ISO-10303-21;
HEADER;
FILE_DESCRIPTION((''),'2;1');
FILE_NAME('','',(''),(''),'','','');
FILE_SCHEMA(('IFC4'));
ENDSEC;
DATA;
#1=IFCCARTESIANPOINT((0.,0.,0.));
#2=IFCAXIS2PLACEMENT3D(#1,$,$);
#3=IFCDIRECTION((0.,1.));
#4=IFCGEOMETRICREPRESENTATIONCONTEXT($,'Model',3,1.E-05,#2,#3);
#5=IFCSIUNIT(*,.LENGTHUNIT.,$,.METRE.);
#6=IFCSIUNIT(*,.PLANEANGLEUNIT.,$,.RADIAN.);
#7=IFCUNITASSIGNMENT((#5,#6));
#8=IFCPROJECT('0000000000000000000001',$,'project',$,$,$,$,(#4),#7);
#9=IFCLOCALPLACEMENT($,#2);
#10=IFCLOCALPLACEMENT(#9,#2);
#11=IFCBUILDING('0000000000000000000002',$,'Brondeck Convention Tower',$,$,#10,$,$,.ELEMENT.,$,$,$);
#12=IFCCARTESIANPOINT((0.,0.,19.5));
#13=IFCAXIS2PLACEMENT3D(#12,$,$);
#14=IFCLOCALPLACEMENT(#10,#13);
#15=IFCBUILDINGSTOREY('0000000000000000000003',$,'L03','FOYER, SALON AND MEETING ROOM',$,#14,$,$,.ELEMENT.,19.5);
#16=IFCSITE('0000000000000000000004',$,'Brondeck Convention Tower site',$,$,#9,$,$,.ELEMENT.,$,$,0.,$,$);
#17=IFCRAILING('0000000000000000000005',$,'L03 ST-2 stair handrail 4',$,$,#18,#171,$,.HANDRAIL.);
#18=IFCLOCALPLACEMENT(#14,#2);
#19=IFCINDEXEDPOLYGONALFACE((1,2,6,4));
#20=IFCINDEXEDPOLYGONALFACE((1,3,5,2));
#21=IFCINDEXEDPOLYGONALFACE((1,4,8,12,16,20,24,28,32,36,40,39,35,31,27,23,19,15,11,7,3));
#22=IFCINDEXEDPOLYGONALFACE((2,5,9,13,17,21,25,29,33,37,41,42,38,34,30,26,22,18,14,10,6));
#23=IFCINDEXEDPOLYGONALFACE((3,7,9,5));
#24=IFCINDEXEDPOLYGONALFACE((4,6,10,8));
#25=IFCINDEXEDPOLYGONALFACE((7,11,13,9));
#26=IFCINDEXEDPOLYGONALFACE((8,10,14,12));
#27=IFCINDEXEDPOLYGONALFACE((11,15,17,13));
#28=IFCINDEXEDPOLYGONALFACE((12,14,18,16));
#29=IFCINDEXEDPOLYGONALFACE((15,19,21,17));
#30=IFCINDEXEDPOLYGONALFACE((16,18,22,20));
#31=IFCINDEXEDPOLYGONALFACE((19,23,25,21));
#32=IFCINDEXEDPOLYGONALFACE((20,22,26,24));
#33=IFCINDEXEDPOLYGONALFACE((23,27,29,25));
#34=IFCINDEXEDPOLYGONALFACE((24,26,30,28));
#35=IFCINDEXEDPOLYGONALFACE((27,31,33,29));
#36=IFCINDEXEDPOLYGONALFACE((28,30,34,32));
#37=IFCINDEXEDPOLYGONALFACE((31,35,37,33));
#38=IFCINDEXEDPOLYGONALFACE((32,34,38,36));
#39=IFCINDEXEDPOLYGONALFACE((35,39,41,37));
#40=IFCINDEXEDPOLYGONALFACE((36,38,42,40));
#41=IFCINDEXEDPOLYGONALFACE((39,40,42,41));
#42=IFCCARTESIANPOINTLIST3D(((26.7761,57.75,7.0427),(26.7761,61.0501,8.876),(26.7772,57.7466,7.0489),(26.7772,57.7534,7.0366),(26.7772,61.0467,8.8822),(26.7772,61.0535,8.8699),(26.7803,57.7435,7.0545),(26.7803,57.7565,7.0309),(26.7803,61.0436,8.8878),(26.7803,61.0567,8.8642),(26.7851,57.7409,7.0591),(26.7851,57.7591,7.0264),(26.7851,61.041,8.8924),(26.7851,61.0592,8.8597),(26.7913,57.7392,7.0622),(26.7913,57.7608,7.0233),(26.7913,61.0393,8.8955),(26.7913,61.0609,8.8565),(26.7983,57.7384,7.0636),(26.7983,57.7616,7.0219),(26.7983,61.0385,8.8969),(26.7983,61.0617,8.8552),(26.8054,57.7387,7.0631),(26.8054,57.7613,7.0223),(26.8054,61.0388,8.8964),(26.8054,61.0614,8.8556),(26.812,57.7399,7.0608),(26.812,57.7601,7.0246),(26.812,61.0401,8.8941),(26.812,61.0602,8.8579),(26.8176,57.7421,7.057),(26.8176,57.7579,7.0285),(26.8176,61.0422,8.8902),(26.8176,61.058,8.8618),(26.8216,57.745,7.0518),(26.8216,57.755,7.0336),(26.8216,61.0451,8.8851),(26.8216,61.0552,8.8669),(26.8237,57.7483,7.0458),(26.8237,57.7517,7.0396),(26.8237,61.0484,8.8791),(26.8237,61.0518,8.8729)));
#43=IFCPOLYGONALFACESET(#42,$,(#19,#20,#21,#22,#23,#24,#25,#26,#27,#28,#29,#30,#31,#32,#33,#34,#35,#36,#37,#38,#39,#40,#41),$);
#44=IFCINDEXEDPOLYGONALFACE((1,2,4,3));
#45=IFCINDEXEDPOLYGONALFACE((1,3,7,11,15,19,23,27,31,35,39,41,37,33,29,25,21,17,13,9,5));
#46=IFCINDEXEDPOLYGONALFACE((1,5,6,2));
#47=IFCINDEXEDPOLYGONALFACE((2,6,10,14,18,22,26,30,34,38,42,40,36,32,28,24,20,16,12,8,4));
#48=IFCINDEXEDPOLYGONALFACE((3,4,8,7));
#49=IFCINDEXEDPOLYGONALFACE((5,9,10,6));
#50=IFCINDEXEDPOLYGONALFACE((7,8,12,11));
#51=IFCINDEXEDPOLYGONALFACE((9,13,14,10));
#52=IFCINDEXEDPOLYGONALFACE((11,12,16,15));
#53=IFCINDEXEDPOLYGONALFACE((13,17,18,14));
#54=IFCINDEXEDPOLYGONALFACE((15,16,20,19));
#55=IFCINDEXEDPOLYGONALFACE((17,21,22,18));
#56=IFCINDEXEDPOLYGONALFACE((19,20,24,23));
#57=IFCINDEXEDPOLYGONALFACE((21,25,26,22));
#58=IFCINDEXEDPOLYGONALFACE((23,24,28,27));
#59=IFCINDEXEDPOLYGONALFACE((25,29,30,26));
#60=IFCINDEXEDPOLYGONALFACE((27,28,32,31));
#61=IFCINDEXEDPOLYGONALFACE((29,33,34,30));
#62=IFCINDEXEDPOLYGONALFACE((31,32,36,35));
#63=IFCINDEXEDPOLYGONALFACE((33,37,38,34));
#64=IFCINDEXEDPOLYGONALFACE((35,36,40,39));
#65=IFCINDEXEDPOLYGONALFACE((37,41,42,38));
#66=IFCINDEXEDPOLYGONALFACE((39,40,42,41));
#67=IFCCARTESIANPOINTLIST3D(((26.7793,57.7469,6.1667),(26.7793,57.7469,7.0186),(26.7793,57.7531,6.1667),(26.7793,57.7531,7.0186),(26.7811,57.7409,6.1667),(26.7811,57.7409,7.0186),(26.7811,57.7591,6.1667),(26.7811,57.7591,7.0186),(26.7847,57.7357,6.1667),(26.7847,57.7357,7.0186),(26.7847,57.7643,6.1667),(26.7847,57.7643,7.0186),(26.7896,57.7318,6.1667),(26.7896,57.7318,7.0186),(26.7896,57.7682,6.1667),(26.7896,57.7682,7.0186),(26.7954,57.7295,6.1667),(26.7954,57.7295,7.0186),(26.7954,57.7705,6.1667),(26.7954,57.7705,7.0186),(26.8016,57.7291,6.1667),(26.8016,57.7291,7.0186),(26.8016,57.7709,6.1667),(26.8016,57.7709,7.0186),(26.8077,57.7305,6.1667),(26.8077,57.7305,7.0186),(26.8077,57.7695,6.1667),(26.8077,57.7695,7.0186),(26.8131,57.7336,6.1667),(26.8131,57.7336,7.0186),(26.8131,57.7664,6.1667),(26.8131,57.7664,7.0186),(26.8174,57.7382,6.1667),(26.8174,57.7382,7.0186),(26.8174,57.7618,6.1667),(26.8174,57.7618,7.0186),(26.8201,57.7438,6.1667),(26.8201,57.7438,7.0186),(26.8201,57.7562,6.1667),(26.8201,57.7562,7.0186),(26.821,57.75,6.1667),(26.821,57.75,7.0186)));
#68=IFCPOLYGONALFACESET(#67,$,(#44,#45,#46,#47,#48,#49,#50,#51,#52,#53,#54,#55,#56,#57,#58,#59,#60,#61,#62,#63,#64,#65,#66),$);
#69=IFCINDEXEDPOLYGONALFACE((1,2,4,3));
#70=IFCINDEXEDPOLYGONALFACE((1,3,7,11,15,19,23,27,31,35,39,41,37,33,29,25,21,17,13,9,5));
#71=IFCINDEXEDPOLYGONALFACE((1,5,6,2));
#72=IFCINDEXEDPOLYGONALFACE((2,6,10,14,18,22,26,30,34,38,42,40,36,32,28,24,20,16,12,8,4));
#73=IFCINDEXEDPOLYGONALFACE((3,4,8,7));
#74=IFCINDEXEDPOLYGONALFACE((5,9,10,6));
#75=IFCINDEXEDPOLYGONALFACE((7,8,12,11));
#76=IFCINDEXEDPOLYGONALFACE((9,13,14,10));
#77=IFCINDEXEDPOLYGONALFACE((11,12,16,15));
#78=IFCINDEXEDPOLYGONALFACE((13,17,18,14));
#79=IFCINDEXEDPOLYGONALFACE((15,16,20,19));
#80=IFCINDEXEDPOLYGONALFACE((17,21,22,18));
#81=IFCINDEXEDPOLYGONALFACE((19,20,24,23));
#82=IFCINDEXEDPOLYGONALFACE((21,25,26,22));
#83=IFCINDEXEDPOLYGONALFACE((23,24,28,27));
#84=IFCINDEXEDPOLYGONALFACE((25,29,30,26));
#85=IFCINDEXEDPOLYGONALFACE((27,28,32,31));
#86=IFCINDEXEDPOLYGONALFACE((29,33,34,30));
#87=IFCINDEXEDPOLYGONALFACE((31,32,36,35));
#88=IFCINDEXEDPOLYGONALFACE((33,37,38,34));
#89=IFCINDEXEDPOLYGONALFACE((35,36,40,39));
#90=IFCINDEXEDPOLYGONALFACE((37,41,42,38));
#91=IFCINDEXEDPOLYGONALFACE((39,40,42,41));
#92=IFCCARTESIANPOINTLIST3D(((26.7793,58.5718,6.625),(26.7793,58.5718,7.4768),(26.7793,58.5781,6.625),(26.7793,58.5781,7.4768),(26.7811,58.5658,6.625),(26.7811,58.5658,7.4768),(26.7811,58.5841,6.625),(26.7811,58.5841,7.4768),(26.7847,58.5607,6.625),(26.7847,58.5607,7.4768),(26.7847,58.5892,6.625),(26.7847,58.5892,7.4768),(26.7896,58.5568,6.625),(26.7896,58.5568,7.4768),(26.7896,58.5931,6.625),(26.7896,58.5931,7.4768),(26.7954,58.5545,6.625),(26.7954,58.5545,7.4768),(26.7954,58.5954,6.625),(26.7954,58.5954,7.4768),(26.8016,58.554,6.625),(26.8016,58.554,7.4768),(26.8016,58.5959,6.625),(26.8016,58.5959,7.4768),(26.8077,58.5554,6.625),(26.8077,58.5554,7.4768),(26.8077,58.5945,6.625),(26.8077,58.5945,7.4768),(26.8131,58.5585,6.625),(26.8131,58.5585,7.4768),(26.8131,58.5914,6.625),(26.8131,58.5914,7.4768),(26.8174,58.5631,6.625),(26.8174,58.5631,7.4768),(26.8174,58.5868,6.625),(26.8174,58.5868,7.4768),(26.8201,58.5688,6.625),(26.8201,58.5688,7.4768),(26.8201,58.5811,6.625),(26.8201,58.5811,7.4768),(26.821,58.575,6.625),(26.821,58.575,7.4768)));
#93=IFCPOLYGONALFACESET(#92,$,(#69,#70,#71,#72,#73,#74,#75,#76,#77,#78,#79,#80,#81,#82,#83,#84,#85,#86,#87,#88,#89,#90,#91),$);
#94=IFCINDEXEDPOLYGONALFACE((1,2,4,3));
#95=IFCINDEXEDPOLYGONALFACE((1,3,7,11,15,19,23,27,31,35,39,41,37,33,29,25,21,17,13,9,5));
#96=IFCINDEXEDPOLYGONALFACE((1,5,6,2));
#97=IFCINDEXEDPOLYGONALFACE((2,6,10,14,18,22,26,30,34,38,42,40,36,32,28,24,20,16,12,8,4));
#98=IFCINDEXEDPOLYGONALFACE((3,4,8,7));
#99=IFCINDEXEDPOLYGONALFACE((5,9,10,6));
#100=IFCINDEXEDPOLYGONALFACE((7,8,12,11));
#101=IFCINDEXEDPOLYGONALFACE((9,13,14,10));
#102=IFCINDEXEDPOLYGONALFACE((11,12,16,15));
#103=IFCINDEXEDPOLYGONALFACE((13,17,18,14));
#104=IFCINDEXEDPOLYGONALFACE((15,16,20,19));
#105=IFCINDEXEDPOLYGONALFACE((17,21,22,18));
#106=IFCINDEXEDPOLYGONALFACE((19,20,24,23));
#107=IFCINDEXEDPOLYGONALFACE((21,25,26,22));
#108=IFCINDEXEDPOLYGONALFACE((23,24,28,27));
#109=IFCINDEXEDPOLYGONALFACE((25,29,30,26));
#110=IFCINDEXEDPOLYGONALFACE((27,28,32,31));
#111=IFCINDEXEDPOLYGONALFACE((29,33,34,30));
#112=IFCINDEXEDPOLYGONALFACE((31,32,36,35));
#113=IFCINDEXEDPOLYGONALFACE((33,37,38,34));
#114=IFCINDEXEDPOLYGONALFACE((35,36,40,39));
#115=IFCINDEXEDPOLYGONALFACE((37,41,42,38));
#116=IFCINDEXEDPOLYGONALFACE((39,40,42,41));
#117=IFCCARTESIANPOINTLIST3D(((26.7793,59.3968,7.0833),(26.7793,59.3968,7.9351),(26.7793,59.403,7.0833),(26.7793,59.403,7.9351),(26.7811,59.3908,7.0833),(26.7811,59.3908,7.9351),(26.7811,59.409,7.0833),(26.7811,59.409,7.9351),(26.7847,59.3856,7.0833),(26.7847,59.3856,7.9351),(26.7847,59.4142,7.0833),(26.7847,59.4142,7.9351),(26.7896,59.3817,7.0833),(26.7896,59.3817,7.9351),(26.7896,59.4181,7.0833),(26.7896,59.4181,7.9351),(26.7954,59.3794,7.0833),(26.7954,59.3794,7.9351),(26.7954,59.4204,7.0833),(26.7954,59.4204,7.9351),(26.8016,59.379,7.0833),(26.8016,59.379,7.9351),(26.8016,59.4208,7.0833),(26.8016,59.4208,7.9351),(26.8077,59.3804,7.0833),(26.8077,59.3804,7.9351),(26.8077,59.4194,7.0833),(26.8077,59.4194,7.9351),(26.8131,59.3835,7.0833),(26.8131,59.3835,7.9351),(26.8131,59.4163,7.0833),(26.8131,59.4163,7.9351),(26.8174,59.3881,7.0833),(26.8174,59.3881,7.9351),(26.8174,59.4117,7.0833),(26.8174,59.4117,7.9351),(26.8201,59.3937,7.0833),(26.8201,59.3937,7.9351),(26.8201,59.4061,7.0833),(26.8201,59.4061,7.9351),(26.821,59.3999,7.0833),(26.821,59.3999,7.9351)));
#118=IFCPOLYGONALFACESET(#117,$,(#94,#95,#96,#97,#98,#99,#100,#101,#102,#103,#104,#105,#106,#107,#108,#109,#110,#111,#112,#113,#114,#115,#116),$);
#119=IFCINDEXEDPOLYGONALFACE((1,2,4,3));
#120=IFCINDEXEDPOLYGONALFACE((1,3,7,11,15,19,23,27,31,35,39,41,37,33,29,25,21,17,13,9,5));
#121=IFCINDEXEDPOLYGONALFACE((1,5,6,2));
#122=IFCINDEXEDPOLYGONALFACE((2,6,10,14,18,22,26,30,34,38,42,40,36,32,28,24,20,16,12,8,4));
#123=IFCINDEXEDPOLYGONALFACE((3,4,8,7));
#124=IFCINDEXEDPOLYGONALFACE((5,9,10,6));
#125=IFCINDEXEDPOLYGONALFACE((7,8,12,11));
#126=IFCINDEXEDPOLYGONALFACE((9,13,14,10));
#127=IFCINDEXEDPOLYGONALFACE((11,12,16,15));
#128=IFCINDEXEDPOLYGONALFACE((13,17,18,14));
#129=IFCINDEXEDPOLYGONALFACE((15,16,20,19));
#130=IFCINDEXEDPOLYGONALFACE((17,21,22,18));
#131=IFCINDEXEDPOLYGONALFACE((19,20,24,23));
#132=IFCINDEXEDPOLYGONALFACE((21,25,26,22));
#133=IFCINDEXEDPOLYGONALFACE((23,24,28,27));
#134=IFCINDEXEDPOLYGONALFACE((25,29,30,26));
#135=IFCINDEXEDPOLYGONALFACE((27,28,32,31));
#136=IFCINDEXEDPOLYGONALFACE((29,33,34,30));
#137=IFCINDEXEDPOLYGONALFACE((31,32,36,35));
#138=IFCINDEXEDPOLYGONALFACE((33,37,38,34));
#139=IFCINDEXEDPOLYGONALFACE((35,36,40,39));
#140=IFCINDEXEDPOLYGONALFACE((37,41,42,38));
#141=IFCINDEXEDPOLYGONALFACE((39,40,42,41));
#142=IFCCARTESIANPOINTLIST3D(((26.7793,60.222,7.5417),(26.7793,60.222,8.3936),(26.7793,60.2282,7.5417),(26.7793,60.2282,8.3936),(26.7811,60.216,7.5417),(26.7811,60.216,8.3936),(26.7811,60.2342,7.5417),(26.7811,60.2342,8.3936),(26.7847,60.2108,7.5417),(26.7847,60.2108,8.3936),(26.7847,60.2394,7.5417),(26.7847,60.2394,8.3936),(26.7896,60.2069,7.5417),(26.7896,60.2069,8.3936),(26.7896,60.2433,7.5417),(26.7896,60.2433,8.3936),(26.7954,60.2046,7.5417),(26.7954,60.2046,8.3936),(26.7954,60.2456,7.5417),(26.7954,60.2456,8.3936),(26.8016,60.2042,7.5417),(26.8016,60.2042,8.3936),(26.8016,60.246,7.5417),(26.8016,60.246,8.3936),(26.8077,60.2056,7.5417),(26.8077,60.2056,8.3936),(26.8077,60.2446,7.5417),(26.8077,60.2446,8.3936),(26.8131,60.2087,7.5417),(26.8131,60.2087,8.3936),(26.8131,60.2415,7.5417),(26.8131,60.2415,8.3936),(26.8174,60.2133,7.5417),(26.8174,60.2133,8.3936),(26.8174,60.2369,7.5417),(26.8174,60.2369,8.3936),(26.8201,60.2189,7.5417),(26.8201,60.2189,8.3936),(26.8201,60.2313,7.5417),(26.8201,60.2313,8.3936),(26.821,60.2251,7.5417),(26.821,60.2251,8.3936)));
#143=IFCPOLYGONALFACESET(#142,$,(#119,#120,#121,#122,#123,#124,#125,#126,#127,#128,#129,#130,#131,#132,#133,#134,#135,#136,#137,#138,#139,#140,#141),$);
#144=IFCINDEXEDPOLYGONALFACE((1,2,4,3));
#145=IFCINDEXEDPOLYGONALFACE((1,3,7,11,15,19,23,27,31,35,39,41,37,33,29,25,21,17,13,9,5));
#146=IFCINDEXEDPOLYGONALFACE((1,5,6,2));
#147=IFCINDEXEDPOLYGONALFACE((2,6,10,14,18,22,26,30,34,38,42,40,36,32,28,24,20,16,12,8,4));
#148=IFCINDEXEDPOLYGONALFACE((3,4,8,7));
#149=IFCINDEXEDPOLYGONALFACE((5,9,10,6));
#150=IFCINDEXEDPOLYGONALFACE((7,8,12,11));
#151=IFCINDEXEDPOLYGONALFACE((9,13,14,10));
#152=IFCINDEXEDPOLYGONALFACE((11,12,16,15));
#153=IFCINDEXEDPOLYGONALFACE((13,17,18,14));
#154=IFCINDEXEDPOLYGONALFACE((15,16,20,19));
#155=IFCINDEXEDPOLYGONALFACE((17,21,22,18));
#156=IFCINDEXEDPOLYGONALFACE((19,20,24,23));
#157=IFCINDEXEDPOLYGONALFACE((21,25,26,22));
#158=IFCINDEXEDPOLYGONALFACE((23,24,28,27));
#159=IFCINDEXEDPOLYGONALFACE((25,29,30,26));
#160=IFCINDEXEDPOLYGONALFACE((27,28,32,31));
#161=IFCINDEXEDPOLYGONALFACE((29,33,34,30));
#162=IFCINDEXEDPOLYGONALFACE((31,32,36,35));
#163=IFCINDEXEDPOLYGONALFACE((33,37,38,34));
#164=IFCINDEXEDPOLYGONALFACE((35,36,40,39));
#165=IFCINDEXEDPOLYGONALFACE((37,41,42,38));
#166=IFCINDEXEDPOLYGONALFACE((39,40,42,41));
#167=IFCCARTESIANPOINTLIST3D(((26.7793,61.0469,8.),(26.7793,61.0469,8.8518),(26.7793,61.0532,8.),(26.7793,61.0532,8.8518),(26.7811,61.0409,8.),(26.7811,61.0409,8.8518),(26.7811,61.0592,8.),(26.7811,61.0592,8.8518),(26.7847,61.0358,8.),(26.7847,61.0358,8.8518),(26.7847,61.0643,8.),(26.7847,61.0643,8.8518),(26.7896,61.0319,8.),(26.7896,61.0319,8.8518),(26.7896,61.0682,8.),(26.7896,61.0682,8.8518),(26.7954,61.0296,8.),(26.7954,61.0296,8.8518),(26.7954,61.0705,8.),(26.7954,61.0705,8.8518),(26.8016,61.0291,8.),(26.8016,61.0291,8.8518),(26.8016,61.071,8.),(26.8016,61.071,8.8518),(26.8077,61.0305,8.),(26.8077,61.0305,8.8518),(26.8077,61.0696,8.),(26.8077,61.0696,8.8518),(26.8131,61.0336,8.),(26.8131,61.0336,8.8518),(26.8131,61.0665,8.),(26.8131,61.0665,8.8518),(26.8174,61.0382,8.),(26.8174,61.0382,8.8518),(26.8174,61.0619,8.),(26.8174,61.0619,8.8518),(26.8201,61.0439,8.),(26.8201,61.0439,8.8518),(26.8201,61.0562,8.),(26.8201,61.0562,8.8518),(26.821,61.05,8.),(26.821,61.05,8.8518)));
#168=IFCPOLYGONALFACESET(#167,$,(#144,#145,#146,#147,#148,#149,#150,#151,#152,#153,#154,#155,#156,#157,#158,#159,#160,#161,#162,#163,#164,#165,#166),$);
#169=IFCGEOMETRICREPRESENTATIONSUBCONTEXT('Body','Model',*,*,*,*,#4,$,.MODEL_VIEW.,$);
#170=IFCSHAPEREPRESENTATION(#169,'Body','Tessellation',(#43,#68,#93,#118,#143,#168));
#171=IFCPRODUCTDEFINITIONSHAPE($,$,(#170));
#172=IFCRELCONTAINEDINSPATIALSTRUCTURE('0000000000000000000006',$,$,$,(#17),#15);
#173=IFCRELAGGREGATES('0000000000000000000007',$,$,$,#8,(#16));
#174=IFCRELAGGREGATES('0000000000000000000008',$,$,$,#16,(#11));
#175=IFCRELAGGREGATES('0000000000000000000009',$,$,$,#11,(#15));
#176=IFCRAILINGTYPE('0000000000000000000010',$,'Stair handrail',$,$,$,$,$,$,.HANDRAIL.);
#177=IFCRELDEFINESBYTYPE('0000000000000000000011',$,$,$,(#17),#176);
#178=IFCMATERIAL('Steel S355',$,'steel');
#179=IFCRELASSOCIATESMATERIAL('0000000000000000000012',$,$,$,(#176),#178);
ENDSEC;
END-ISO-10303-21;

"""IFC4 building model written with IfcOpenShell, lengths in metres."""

from ifc_helpers import new_model, si_unit, direction, frame, origin, origin_2d, place, context, subcontext, project, spatial, circle, extrude, material, type_object, element, save


model = new_model("IFC4")

# Units and contexts
model_context = context("Model", 3, precision=1e-05, world=origin(), true_north=direction((0.0, 1.0)))
body_context = subcontext(model_context, "Body", "Model", "MODEL_VIEW")
ifc_project = project(units=[si_unit("LENGTHUNIT", "METRE"), si_unit("PLANEANGLEUNIT", "RADIAN")], contexts=[model_context])

# Site, building, storey
site_placement = place(None, origin())
site = spatial("IfcSite", under=ifc_project, at=site_placement, Name="Brondeck Convention Tower site", CompositionType="ELEMENT", RefElevation=0.0)
building_placement = place(site_placement, origin())
building = spatial("IfcBuilding", under=site, at=building_placement, Name="Brondeck Convention Tower", CompositionType="ELEMENT")
storey_placement = place(building_placement, frame((0.0, 0.0, 19.5)))
storey = spatial("IfcBuildingStorey", under=building, at=storey_placement, Name="L03", Description="FOYER, SALON AND MEETING ROOM", CompositionType="ELEMENT", Elevation=19.5)

# Shared definitions
ifc_material_1 = material(Name="Steel S355", Category="steel")

# Railing
railing_type_1 = type_object("IfcRailingType", Name="Stair handrail", PredefinedType="HANDRAIL", material=ifc_material_1)
railing_1_placement = place(storey_placement, frame((26.8, 57.75, 6.1667)))
element("IfcRailing", 1, at=railing_1_placement, inside=storey, type_object=railing_type_1, Name="L03 ST-2 stair handrail 4", PredefinedType="HANDRAIL", context=body_context, shape_type="SweptSolid", body=[
    extrude(circle(Radius=0.0239, at=origin_2d()), frame((0.0, 0.0, 0.876), z_axis=(0.0, 0.874169, 0.485621), x_axis=(-1.0, 0.0, 0.0)), (0.0, 0.0, 1.0), 3.7751),
    extrude(circle(Radius=0.021, at=origin_2d()), origin(), (0.0, 0.0, 1.0), 0.8518),
    extrude(circle(Radius=0.021, at=origin_2d()), frame((0.0, 0.825, 0.4583)), (0.0, 0.0, 1.0), 0.8518),
    extrude(circle(Radius=0.021, at=origin_2d()), frame((0.0, 1.6499, 0.9165)), (0.0, 0.0, 1.0), 0.8518),
    extrude(circle(Radius=0.021, at=origin_2d()), frame((0.0, 2.4751, 1.375)), (0.0, 0.0, 1.0), 0.8518),
    extrude(circle(Radius=0.021, at=origin_2d()), frame((0.0, 3.3, 1.8333)), (0.0, 0.0, 1.0), 0.8518),
])

save(model, "model.ifc")
